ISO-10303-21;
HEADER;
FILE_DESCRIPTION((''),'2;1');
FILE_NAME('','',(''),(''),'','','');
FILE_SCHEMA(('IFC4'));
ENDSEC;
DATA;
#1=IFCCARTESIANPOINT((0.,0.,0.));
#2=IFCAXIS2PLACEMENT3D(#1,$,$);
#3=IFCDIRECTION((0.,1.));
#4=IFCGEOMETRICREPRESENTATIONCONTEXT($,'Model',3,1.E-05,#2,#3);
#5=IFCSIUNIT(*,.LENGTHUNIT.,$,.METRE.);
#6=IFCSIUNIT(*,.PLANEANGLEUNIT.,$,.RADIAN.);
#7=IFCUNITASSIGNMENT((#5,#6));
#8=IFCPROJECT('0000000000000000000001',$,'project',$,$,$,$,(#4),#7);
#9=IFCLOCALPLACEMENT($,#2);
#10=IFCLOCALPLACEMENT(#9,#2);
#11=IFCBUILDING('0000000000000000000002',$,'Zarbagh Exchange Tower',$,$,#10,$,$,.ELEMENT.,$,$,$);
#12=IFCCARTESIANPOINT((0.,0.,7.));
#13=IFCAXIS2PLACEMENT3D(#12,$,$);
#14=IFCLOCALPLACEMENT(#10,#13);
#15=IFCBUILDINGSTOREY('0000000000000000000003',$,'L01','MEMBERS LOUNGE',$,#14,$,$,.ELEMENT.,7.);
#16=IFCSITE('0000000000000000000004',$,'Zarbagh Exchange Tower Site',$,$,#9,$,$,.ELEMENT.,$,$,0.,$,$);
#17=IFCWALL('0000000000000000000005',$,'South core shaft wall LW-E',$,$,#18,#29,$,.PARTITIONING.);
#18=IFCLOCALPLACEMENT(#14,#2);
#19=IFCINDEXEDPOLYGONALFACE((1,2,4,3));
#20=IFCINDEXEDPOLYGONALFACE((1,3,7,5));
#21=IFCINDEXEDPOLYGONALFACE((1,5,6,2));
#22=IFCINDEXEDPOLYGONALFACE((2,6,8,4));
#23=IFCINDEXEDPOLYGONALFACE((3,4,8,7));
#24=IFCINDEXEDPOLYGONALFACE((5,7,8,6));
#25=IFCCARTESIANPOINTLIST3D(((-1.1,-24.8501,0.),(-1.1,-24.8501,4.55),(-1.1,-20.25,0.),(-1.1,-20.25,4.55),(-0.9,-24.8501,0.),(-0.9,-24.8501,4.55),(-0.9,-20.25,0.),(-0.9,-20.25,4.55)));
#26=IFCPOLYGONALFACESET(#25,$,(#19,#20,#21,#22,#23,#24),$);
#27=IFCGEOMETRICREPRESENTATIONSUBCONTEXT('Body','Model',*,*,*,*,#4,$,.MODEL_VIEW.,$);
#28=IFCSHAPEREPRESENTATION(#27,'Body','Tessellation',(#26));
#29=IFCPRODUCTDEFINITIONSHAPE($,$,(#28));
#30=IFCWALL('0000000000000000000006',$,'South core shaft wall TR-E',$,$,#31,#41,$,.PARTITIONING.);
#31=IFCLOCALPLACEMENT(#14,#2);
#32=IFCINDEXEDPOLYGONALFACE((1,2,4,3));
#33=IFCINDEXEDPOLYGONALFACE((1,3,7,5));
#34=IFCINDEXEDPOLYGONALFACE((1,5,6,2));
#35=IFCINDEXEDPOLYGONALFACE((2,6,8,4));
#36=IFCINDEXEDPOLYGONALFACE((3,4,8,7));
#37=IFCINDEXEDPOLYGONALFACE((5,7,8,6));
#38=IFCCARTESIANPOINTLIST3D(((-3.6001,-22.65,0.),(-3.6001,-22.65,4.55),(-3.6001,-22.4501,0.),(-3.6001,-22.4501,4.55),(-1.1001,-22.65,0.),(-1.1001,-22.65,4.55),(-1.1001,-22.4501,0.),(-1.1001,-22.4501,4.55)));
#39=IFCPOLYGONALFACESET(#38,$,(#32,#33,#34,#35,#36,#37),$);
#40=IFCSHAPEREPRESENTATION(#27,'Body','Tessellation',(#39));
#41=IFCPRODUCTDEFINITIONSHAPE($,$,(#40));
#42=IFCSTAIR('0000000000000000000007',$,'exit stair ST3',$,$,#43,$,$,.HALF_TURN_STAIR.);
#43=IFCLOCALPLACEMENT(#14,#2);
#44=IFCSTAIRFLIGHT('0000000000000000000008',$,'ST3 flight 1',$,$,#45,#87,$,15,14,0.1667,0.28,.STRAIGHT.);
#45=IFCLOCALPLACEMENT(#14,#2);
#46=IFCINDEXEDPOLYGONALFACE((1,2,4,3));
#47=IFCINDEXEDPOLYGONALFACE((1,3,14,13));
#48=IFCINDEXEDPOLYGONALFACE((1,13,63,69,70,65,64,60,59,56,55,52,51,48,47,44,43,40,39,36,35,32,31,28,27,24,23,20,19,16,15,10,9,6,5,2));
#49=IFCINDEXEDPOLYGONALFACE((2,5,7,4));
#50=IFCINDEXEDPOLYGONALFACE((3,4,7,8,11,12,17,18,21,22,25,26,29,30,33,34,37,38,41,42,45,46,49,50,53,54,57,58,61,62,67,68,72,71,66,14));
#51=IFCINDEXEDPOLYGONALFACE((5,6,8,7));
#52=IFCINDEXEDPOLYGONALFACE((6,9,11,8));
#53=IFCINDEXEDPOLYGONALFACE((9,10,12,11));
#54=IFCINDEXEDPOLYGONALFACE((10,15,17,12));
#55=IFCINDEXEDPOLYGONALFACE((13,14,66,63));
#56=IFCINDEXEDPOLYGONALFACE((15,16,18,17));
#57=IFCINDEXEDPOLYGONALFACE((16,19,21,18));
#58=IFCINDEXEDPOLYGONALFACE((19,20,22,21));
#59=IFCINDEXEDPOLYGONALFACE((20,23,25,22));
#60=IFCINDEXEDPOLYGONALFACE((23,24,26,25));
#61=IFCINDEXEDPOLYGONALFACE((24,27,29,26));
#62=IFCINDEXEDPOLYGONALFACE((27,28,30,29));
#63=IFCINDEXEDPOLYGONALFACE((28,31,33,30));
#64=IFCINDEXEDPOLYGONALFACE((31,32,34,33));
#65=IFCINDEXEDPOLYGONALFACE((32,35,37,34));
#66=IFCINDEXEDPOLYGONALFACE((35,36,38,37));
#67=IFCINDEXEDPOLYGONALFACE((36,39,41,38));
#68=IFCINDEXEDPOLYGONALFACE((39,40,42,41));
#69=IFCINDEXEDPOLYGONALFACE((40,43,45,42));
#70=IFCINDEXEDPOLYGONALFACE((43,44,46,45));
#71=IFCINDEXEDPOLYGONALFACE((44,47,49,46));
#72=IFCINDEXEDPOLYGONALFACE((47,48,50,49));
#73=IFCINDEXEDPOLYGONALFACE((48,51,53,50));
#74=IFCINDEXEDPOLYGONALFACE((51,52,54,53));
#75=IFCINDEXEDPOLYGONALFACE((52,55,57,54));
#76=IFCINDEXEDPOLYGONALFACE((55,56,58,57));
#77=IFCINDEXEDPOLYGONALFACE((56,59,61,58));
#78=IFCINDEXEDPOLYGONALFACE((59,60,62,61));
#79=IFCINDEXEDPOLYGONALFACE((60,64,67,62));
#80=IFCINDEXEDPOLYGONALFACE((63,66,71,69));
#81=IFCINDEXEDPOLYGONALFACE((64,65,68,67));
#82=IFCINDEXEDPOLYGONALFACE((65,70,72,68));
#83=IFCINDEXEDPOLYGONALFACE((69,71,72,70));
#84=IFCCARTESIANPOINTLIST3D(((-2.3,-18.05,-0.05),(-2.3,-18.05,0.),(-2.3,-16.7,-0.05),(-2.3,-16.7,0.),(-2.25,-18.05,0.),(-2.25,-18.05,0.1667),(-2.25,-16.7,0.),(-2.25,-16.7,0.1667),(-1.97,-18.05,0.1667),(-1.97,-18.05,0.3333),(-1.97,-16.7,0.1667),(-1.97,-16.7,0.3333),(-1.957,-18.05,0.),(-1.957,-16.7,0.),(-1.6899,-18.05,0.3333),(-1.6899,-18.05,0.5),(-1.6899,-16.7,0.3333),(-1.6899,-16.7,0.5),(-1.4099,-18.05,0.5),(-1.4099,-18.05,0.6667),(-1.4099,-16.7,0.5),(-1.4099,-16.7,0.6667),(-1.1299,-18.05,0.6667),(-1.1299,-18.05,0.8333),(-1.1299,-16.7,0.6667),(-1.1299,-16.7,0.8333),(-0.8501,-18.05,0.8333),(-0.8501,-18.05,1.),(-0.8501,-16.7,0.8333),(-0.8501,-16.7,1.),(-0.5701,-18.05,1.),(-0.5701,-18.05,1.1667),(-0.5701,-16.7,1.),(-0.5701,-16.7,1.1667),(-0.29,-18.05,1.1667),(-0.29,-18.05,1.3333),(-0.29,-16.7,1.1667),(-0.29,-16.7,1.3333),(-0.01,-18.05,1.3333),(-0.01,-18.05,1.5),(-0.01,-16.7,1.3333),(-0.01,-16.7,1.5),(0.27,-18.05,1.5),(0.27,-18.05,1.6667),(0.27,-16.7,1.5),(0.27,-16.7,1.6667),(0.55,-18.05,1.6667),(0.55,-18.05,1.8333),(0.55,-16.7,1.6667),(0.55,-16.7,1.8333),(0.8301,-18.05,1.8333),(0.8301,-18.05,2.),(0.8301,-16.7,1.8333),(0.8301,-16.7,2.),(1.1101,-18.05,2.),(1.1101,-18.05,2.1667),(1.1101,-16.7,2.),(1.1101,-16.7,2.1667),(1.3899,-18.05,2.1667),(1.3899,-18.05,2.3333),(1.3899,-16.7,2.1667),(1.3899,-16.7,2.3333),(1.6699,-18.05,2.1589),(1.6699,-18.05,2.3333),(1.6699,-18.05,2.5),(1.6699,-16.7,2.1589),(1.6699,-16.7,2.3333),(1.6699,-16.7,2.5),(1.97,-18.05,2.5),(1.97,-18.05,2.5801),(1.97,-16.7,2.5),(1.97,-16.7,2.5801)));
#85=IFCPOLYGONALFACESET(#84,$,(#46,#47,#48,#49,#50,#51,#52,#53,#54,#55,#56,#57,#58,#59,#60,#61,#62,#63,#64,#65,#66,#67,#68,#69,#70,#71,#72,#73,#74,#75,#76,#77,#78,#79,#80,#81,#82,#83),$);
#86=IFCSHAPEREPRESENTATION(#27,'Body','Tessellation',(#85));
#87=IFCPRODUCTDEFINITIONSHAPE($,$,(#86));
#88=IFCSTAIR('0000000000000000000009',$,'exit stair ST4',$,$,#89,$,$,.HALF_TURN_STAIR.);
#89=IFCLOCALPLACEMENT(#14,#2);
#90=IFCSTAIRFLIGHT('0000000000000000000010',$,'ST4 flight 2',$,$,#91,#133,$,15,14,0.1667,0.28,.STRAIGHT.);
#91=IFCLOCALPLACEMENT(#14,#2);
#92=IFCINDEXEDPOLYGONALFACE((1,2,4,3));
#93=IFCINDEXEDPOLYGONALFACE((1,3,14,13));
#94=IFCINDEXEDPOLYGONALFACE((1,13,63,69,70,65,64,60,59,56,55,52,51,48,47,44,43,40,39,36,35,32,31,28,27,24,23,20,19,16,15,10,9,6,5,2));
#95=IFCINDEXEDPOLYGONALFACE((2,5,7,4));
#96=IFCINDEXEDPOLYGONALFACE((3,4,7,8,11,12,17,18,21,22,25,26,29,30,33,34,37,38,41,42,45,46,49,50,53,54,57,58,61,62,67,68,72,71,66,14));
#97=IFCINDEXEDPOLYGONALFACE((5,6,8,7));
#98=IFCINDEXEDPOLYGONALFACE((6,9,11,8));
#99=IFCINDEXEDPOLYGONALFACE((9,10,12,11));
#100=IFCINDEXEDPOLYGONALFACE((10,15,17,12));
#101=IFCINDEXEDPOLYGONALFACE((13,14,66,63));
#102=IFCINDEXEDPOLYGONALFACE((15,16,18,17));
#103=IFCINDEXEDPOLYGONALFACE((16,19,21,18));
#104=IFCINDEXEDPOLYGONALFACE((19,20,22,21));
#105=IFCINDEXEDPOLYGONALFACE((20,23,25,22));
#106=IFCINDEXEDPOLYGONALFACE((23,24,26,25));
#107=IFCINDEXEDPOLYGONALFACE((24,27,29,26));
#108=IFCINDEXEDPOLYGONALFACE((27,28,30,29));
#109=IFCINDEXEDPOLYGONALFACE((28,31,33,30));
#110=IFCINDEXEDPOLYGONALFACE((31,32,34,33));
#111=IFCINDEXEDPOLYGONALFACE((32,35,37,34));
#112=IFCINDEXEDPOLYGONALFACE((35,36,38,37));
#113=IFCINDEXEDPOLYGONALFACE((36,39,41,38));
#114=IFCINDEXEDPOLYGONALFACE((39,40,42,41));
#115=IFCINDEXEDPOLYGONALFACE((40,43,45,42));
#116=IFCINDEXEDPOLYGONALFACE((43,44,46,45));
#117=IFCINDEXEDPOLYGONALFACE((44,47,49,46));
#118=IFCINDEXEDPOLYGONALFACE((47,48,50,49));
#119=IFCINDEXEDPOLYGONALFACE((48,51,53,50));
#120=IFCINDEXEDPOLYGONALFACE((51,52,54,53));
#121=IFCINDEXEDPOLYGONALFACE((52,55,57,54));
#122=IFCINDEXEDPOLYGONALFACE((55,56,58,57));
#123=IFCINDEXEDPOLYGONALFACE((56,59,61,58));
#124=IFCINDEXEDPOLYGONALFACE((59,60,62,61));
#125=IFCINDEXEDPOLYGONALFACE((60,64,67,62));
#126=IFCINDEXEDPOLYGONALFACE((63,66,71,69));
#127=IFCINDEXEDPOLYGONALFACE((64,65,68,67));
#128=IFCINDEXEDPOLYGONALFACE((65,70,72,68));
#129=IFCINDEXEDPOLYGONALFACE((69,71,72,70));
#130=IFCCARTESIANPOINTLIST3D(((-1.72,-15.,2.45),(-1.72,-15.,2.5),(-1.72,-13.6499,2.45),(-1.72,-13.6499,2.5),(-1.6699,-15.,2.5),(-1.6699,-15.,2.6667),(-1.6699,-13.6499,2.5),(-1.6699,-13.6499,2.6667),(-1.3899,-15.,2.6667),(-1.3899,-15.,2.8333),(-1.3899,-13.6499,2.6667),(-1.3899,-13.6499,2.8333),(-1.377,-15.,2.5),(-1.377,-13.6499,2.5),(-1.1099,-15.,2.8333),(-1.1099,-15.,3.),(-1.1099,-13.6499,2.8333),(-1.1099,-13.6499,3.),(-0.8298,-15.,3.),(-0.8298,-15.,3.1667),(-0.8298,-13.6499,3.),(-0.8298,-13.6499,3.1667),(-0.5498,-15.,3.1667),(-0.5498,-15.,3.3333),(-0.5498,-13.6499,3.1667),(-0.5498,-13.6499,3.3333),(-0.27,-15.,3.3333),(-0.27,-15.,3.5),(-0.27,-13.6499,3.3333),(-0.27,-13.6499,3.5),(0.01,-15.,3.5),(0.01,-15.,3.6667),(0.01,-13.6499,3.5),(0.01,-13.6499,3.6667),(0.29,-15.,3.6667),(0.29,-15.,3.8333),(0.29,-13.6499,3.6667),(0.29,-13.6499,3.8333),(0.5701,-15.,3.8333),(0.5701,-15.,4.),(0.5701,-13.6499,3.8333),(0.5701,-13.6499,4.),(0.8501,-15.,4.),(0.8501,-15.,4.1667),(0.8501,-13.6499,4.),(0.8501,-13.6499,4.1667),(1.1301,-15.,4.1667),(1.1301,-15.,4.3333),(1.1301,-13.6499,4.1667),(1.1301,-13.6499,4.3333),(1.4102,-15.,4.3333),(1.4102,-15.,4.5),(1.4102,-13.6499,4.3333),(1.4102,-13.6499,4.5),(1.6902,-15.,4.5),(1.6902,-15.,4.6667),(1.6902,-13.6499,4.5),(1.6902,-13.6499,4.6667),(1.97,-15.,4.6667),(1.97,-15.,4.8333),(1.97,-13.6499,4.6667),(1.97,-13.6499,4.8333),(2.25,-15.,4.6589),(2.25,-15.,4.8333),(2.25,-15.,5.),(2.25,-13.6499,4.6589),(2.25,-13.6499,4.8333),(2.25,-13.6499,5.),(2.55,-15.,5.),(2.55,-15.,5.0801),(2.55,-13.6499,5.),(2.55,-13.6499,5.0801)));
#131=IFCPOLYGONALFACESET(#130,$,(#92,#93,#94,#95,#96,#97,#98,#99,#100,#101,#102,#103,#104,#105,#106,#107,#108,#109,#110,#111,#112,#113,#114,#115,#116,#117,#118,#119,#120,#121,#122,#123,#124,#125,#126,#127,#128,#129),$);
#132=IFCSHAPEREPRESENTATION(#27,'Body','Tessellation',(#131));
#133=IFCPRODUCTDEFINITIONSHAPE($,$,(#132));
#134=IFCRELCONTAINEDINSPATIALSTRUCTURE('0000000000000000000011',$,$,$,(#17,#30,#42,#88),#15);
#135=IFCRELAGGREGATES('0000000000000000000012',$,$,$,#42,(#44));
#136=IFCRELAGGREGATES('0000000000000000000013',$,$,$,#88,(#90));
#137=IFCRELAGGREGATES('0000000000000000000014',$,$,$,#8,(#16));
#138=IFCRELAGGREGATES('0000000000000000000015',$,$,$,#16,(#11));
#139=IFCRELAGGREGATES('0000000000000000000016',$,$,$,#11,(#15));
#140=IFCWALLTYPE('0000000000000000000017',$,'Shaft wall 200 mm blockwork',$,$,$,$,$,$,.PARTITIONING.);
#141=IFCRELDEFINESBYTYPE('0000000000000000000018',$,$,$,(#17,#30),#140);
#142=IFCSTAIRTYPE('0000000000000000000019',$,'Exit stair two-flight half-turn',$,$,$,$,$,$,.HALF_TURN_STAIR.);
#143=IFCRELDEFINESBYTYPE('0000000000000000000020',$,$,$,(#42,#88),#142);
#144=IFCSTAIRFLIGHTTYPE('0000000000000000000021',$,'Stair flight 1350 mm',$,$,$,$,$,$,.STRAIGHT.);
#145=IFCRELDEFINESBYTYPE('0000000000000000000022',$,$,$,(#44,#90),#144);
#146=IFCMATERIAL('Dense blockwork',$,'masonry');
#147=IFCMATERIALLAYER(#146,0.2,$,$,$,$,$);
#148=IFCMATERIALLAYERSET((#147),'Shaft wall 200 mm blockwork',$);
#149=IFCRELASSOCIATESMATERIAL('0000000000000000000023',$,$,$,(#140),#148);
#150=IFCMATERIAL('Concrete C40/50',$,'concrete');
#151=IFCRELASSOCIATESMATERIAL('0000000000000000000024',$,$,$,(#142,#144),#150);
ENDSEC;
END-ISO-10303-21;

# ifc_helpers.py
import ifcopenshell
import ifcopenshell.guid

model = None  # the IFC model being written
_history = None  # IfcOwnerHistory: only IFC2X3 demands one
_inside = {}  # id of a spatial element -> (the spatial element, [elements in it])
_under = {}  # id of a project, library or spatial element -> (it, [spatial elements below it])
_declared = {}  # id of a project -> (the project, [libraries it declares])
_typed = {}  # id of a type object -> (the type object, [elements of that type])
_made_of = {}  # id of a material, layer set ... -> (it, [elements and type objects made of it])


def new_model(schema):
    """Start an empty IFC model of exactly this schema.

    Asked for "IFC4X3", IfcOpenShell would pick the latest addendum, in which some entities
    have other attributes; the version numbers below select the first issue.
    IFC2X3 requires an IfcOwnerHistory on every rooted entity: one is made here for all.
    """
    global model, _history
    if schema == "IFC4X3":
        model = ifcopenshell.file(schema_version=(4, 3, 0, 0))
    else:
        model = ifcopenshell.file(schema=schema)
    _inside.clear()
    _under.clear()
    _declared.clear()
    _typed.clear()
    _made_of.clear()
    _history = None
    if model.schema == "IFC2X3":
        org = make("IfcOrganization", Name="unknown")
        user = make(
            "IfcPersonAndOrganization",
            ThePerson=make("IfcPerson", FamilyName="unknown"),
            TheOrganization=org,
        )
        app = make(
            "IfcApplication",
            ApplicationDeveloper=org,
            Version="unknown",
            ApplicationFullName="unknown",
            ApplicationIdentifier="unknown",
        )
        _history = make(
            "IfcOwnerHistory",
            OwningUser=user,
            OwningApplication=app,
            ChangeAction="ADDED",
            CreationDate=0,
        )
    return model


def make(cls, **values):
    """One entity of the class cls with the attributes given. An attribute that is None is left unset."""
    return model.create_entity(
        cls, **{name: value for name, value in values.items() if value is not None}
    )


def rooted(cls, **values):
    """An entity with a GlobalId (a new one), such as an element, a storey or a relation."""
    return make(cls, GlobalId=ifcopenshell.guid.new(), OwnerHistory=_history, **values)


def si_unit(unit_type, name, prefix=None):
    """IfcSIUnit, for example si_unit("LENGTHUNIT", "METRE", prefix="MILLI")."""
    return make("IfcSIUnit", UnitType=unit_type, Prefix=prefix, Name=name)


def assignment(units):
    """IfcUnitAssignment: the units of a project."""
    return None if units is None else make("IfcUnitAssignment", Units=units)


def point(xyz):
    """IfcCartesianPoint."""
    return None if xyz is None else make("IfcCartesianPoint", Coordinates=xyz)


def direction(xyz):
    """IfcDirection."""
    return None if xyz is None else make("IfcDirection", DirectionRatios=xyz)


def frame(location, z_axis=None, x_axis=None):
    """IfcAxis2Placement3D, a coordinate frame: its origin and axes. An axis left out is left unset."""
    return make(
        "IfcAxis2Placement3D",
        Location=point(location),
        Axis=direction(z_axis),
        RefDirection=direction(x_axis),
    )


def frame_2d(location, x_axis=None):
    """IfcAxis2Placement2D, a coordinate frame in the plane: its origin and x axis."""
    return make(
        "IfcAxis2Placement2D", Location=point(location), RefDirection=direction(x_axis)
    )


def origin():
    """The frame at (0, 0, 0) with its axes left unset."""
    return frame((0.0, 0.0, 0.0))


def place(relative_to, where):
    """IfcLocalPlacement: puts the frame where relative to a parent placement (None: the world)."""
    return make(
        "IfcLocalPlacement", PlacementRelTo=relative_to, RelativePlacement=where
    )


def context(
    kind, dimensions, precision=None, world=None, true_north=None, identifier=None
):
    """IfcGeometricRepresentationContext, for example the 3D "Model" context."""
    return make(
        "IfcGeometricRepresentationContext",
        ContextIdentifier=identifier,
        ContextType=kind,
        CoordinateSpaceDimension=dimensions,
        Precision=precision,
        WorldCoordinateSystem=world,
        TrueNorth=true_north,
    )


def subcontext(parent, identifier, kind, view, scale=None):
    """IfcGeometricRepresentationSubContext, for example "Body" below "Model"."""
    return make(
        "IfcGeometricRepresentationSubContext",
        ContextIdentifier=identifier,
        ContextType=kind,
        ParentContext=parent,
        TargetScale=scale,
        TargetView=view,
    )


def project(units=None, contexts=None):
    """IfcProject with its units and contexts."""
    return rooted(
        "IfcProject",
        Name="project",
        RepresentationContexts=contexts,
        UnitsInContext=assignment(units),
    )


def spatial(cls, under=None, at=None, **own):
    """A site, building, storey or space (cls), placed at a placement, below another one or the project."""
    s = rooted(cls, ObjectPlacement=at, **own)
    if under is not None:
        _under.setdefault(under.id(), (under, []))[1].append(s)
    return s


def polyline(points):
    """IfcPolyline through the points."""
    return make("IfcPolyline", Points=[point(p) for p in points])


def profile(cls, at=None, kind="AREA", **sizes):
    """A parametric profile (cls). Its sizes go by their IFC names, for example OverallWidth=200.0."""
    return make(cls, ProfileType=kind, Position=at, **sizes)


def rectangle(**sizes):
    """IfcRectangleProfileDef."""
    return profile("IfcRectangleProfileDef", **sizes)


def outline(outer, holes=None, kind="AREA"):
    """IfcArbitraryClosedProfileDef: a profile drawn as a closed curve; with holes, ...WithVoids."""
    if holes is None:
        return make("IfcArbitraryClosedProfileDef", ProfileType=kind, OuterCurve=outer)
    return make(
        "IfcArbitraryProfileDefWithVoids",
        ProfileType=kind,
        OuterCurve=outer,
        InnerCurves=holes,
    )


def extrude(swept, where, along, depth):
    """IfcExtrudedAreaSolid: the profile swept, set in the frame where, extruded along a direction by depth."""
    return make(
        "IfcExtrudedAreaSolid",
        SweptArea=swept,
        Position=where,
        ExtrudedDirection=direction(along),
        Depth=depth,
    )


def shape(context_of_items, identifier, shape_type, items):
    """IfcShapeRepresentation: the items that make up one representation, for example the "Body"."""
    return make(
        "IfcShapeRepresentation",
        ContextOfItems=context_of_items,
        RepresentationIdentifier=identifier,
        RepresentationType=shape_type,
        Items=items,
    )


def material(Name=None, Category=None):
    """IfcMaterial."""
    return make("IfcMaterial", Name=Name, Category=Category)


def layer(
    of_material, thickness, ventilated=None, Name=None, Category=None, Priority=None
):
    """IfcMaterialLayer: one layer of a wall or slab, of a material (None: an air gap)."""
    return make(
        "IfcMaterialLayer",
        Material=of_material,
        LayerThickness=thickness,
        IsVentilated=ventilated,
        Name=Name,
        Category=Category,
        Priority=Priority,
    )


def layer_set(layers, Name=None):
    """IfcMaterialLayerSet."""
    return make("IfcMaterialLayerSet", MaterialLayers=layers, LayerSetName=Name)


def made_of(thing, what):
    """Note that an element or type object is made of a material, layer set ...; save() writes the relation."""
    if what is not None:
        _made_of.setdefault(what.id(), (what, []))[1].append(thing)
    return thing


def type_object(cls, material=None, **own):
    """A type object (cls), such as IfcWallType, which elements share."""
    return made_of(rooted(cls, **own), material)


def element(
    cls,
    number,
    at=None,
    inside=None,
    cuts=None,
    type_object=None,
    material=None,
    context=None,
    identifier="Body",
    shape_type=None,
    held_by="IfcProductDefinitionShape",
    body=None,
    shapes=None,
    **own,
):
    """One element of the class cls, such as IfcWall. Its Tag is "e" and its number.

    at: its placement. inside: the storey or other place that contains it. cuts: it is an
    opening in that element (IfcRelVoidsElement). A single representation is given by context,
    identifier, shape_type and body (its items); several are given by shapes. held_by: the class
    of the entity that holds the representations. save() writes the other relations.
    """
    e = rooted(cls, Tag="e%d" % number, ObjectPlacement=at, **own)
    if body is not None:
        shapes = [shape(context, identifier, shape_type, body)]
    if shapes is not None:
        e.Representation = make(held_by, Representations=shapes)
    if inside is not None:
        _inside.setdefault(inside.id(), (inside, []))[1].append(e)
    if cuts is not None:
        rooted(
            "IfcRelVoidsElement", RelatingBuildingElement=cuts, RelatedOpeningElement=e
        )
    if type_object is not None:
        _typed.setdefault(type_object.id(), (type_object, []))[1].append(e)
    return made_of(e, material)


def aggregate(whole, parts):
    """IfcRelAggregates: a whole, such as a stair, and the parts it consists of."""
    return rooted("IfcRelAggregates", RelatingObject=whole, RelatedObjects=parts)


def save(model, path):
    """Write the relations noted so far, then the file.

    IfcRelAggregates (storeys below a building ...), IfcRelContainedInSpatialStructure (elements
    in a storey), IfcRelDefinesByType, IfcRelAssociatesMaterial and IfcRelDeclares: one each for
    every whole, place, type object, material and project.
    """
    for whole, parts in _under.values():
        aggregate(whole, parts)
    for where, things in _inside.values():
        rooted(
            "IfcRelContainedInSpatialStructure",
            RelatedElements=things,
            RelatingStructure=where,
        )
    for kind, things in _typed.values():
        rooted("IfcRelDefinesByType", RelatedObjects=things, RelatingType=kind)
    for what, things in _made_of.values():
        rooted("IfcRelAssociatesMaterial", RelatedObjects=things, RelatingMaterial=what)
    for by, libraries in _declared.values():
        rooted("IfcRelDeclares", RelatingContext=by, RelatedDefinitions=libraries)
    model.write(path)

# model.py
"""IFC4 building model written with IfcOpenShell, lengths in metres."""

from ifc_helpers import new_model, si_unit, direction, frame, frame_2d, origin, place, context, subcontext, project, spatial, polyline, rectangle, outline, extrude, material, layer, layer_set, type_object, element, aggregate, save


model = new_model("IFC4")

# Units and contexts
model_context = context("Model", 3, precision=1e-05, world=origin(), true_north=direction((0.0, 1.0)))
body_context = subcontext(model_context, "Body", "Model", "MODEL_VIEW")
ifc_project = project(units=[si_unit("LENGTHUNIT", "METRE"), si_unit("PLANEANGLEUNIT", "RADIAN")], contexts=[model_context])

# Site, building, storey
site_placement = place(None, origin())
site = spatial("IfcSite", under=ifc_project, at=site_placement, Name="Zarbagh Exchange Tower Site", CompositionType="ELEMENT", RefElevation=0.0)
building_placement = place(site_placement, origin())
building = spatial("IfcBuilding", under=site, at=building_placement, Name="Zarbagh Exchange Tower", CompositionType="ELEMENT")
storey_placement = place(building_placement, frame((0.0, 0.0, 7.0)))
storey = spatial("IfcBuildingStorey", under=building, at=storey_placement, Name="L01", Description="MEMBERS LOUNGE", CompositionType="ELEMENT", Elevation=7.0)

# Walls
ifc_material_1 = material(Name="Dense blockwork", Category="masonry")
ifc_layer_1 = layer(ifc_material_1, 0.2)
ifc_layer_set_1 = layer_set([ifc_layer_1], Name="Shaft wall 200 mm blockwork")
wall_type_1 = type_object("IfcWallType", Name="Shaft wall 200 mm blockwork", PredefinedType="PARTITIONING", material=ifc_layer_set_1)
wall_1_placement = place(storey_placement, frame((-1.0, -24.8501, 0.0), z_axis=(0.0, 0.0, 1.0), x_axis=(0.0, 1.0, 0.0)))
element("IfcWall", 1, at=wall_1_placement, inside=storey, type_object=wall_type_1, Name="South core shaft wall LW-E", PredefinedType="PARTITIONING", context=body_context, shape_type="SweptSolid", body=[
    extrude(rectangle(XDim=4.6001, YDim=0.2, at=frame_2d((2.3, 0.0))), origin(), (0.0, 0.0, 1.0), 4.55),
])
wall_2_placement = place(storey_placement, frame((-1.1001, -22.55, 0.0), z_axis=(0.0, 0.0, 1.0), x_axis=(-1.0, 0.0, 0.0)))
element("IfcWall", 2, at=wall_2_placement, inside=storey, type_object=wall_type_1, Name="South core shaft wall TR-E", PredefinedType="PARTITIONING", context=body_context, shape_type="SweptSolid", body=[
    extrude(rectangle(XDim=2.5, YDim=0.2, at=frame_2d((1.25, 0.0))), origin(), (0.0, 0.0, 1.0), 4.55),
])

# Stairs, stair flights
ifc_material_2 = material(Name="Concrete C40/50", Category="concrete")
stair_type = type_object("IfcStairType", Name="Exit stair two-flight half-turn", PredefinedType="HALF_TURN_STAIR", material=ifc_material_2)
stair_1_placement = place(storey_placement, origin())
stair_1 = element("IfcStair", 3, at=stair_1_placement, inside=storey, type_object=stair_type, Name="exit stair ST3", PredefinedType="HALF_TURN_STAIR")
stair_flight_type = type_object("IfcStairFlightType", Name="Stair flight 1350 mm", PredefinedType="STRAIGHT", material=ifc_material_2)
stair_flight_1_placement = place(storey_placement, frame((-2.25, -17.375, 0.0), z_axis=(0.0, 0.0, 1.0), x_axis=(1.0, 0.0, 0.0)))
stair_flight_1 = element("IfcStairFlight", 4, at=stair_flight_1_placement, type_object=stair_flight_type, Name="ST3 flight 1", NumberOfRisers=15, NumberOfTreads=14, PredefinedType="STRAIGHT", RiserHeight=0.1667, TreadLength=0.28, context=body_context, shape_type="SweptSolid", body=[
    extrude(outline(polyline([(-0.05, -0.05), (-0.05, 0.0), (0.0, 0.0), (0.0, 0.1667), (0.28, 0.1667), (0.28, 0.3333), (0.5601, 0.3333), (0.5601, 0.5), (0.8401, 0.5), (0.8401, 0.6667), (1.1201, 0.6667), (1.1201, 0.8333), (1.3999, 0.8333), (1.3999, 1.0), (1.6799, 1.0), (1.6799, 1.1667), (1.96, 1.1667), (1.96, 1.3333), (2.24, 1.3333), (2.24, 1.5), (2.52, 1.5), (2.52, 1.6667), (2.8, 1.6667), (2.8, 1.8333), (3.0801, 1.8333), (3.0801, 2.0), (3.3601, 2.0), (3.3601, 2.1667), (3.6399, 2.1667), (3.6399, 2.3333), (3.9199, 2.3333), (3.9199, 2.5), (4.22, 2.5801), (4.22, 2.5), (3.9199, 2.1589), (0.293, 0.0), (-0.05, -0.05)])), frame((0.0, 0.675, 0.0), z_axis=(0.0, -1.0, 0.0), x_axis=(1.0, 0.0, 0.0)), (0.0, 0.0, 1.0), 1.3501),
])
aggregate(stair_1, [stair_flight_1])
stair_2_placement = place(storey_placement, origin())
stair_2 = element("IfcStair", 5, at=stair_2_placement, inside=storey, type_object=stair_type, Name="exit stair ST4", PredefinedType="HALF_TURN_STAIR")
stair_flight_2_placement = place(storey_placement, frame((-1.6699, -14.325, 2.5), z_axis=(0.0, 0.0, 1.0), x_axis=(1.0, 0.0, 0.0)))
stair_flight_2 = element("IfcStairFlight", 6, at=stair_flight_2_placement, type_object=stair_flight_type, Name="ST4 flight 2", NumberOfRisers=15, NumberOfTreads=14, PredefinedType="STRAIGHT", RiserHeight=0.1667, TreadLength=0.28, context=body_context, shape_type="SweptSolid", body=[
    extrude(outline(polyline([(-0.05, -0.05), (-0.05, 0.0), (0.0, 0.0), (0.0, 0.1667), (0.28, 0.1667), (0.28, 0.3333), (0.5601, 0.3333), (0.5601, 0.5), (0.8401, 0.5), (0.8401, 0.6667), (1.1201, 0.6667), (1.1201, 0.8333), (1.3999, 0.8333), (1.3999, 1.0), (1.6799, 1.0), (1.6799, 1.1667), (1.96, 1.1667), (1.96, 1.3333), (2.24, 1.3333), (2.24, 1.5), (2.52, 1.5), (2.52, 1.6667), (2.8, 1.6667), (2.8, 1.8333), (3.0801, 1.8333), (3.0801, 2.0), (3.3601, 2.0), (3.3601, 2.1667), (3.6399, 2.1667), (3.6399, 2.3333), (3.9199, 2.3333), (3.9199, 2.5), (4.22, 2.5801), (4.22, 2.5), (3.9199, 2.1589), (0.293, 0.0), (-0.05, -0.05)])), frame((0.0, 0.675, 0.0), z_axis=(0.0, -1.0, 0.0), x_axis=(1.0, 0.0, 0.0)), (0.0, 0.0, 1.0), 1.3501),
])
aggregate(stair_2, [stair_flight_2])

save(model, "model.ifc")
